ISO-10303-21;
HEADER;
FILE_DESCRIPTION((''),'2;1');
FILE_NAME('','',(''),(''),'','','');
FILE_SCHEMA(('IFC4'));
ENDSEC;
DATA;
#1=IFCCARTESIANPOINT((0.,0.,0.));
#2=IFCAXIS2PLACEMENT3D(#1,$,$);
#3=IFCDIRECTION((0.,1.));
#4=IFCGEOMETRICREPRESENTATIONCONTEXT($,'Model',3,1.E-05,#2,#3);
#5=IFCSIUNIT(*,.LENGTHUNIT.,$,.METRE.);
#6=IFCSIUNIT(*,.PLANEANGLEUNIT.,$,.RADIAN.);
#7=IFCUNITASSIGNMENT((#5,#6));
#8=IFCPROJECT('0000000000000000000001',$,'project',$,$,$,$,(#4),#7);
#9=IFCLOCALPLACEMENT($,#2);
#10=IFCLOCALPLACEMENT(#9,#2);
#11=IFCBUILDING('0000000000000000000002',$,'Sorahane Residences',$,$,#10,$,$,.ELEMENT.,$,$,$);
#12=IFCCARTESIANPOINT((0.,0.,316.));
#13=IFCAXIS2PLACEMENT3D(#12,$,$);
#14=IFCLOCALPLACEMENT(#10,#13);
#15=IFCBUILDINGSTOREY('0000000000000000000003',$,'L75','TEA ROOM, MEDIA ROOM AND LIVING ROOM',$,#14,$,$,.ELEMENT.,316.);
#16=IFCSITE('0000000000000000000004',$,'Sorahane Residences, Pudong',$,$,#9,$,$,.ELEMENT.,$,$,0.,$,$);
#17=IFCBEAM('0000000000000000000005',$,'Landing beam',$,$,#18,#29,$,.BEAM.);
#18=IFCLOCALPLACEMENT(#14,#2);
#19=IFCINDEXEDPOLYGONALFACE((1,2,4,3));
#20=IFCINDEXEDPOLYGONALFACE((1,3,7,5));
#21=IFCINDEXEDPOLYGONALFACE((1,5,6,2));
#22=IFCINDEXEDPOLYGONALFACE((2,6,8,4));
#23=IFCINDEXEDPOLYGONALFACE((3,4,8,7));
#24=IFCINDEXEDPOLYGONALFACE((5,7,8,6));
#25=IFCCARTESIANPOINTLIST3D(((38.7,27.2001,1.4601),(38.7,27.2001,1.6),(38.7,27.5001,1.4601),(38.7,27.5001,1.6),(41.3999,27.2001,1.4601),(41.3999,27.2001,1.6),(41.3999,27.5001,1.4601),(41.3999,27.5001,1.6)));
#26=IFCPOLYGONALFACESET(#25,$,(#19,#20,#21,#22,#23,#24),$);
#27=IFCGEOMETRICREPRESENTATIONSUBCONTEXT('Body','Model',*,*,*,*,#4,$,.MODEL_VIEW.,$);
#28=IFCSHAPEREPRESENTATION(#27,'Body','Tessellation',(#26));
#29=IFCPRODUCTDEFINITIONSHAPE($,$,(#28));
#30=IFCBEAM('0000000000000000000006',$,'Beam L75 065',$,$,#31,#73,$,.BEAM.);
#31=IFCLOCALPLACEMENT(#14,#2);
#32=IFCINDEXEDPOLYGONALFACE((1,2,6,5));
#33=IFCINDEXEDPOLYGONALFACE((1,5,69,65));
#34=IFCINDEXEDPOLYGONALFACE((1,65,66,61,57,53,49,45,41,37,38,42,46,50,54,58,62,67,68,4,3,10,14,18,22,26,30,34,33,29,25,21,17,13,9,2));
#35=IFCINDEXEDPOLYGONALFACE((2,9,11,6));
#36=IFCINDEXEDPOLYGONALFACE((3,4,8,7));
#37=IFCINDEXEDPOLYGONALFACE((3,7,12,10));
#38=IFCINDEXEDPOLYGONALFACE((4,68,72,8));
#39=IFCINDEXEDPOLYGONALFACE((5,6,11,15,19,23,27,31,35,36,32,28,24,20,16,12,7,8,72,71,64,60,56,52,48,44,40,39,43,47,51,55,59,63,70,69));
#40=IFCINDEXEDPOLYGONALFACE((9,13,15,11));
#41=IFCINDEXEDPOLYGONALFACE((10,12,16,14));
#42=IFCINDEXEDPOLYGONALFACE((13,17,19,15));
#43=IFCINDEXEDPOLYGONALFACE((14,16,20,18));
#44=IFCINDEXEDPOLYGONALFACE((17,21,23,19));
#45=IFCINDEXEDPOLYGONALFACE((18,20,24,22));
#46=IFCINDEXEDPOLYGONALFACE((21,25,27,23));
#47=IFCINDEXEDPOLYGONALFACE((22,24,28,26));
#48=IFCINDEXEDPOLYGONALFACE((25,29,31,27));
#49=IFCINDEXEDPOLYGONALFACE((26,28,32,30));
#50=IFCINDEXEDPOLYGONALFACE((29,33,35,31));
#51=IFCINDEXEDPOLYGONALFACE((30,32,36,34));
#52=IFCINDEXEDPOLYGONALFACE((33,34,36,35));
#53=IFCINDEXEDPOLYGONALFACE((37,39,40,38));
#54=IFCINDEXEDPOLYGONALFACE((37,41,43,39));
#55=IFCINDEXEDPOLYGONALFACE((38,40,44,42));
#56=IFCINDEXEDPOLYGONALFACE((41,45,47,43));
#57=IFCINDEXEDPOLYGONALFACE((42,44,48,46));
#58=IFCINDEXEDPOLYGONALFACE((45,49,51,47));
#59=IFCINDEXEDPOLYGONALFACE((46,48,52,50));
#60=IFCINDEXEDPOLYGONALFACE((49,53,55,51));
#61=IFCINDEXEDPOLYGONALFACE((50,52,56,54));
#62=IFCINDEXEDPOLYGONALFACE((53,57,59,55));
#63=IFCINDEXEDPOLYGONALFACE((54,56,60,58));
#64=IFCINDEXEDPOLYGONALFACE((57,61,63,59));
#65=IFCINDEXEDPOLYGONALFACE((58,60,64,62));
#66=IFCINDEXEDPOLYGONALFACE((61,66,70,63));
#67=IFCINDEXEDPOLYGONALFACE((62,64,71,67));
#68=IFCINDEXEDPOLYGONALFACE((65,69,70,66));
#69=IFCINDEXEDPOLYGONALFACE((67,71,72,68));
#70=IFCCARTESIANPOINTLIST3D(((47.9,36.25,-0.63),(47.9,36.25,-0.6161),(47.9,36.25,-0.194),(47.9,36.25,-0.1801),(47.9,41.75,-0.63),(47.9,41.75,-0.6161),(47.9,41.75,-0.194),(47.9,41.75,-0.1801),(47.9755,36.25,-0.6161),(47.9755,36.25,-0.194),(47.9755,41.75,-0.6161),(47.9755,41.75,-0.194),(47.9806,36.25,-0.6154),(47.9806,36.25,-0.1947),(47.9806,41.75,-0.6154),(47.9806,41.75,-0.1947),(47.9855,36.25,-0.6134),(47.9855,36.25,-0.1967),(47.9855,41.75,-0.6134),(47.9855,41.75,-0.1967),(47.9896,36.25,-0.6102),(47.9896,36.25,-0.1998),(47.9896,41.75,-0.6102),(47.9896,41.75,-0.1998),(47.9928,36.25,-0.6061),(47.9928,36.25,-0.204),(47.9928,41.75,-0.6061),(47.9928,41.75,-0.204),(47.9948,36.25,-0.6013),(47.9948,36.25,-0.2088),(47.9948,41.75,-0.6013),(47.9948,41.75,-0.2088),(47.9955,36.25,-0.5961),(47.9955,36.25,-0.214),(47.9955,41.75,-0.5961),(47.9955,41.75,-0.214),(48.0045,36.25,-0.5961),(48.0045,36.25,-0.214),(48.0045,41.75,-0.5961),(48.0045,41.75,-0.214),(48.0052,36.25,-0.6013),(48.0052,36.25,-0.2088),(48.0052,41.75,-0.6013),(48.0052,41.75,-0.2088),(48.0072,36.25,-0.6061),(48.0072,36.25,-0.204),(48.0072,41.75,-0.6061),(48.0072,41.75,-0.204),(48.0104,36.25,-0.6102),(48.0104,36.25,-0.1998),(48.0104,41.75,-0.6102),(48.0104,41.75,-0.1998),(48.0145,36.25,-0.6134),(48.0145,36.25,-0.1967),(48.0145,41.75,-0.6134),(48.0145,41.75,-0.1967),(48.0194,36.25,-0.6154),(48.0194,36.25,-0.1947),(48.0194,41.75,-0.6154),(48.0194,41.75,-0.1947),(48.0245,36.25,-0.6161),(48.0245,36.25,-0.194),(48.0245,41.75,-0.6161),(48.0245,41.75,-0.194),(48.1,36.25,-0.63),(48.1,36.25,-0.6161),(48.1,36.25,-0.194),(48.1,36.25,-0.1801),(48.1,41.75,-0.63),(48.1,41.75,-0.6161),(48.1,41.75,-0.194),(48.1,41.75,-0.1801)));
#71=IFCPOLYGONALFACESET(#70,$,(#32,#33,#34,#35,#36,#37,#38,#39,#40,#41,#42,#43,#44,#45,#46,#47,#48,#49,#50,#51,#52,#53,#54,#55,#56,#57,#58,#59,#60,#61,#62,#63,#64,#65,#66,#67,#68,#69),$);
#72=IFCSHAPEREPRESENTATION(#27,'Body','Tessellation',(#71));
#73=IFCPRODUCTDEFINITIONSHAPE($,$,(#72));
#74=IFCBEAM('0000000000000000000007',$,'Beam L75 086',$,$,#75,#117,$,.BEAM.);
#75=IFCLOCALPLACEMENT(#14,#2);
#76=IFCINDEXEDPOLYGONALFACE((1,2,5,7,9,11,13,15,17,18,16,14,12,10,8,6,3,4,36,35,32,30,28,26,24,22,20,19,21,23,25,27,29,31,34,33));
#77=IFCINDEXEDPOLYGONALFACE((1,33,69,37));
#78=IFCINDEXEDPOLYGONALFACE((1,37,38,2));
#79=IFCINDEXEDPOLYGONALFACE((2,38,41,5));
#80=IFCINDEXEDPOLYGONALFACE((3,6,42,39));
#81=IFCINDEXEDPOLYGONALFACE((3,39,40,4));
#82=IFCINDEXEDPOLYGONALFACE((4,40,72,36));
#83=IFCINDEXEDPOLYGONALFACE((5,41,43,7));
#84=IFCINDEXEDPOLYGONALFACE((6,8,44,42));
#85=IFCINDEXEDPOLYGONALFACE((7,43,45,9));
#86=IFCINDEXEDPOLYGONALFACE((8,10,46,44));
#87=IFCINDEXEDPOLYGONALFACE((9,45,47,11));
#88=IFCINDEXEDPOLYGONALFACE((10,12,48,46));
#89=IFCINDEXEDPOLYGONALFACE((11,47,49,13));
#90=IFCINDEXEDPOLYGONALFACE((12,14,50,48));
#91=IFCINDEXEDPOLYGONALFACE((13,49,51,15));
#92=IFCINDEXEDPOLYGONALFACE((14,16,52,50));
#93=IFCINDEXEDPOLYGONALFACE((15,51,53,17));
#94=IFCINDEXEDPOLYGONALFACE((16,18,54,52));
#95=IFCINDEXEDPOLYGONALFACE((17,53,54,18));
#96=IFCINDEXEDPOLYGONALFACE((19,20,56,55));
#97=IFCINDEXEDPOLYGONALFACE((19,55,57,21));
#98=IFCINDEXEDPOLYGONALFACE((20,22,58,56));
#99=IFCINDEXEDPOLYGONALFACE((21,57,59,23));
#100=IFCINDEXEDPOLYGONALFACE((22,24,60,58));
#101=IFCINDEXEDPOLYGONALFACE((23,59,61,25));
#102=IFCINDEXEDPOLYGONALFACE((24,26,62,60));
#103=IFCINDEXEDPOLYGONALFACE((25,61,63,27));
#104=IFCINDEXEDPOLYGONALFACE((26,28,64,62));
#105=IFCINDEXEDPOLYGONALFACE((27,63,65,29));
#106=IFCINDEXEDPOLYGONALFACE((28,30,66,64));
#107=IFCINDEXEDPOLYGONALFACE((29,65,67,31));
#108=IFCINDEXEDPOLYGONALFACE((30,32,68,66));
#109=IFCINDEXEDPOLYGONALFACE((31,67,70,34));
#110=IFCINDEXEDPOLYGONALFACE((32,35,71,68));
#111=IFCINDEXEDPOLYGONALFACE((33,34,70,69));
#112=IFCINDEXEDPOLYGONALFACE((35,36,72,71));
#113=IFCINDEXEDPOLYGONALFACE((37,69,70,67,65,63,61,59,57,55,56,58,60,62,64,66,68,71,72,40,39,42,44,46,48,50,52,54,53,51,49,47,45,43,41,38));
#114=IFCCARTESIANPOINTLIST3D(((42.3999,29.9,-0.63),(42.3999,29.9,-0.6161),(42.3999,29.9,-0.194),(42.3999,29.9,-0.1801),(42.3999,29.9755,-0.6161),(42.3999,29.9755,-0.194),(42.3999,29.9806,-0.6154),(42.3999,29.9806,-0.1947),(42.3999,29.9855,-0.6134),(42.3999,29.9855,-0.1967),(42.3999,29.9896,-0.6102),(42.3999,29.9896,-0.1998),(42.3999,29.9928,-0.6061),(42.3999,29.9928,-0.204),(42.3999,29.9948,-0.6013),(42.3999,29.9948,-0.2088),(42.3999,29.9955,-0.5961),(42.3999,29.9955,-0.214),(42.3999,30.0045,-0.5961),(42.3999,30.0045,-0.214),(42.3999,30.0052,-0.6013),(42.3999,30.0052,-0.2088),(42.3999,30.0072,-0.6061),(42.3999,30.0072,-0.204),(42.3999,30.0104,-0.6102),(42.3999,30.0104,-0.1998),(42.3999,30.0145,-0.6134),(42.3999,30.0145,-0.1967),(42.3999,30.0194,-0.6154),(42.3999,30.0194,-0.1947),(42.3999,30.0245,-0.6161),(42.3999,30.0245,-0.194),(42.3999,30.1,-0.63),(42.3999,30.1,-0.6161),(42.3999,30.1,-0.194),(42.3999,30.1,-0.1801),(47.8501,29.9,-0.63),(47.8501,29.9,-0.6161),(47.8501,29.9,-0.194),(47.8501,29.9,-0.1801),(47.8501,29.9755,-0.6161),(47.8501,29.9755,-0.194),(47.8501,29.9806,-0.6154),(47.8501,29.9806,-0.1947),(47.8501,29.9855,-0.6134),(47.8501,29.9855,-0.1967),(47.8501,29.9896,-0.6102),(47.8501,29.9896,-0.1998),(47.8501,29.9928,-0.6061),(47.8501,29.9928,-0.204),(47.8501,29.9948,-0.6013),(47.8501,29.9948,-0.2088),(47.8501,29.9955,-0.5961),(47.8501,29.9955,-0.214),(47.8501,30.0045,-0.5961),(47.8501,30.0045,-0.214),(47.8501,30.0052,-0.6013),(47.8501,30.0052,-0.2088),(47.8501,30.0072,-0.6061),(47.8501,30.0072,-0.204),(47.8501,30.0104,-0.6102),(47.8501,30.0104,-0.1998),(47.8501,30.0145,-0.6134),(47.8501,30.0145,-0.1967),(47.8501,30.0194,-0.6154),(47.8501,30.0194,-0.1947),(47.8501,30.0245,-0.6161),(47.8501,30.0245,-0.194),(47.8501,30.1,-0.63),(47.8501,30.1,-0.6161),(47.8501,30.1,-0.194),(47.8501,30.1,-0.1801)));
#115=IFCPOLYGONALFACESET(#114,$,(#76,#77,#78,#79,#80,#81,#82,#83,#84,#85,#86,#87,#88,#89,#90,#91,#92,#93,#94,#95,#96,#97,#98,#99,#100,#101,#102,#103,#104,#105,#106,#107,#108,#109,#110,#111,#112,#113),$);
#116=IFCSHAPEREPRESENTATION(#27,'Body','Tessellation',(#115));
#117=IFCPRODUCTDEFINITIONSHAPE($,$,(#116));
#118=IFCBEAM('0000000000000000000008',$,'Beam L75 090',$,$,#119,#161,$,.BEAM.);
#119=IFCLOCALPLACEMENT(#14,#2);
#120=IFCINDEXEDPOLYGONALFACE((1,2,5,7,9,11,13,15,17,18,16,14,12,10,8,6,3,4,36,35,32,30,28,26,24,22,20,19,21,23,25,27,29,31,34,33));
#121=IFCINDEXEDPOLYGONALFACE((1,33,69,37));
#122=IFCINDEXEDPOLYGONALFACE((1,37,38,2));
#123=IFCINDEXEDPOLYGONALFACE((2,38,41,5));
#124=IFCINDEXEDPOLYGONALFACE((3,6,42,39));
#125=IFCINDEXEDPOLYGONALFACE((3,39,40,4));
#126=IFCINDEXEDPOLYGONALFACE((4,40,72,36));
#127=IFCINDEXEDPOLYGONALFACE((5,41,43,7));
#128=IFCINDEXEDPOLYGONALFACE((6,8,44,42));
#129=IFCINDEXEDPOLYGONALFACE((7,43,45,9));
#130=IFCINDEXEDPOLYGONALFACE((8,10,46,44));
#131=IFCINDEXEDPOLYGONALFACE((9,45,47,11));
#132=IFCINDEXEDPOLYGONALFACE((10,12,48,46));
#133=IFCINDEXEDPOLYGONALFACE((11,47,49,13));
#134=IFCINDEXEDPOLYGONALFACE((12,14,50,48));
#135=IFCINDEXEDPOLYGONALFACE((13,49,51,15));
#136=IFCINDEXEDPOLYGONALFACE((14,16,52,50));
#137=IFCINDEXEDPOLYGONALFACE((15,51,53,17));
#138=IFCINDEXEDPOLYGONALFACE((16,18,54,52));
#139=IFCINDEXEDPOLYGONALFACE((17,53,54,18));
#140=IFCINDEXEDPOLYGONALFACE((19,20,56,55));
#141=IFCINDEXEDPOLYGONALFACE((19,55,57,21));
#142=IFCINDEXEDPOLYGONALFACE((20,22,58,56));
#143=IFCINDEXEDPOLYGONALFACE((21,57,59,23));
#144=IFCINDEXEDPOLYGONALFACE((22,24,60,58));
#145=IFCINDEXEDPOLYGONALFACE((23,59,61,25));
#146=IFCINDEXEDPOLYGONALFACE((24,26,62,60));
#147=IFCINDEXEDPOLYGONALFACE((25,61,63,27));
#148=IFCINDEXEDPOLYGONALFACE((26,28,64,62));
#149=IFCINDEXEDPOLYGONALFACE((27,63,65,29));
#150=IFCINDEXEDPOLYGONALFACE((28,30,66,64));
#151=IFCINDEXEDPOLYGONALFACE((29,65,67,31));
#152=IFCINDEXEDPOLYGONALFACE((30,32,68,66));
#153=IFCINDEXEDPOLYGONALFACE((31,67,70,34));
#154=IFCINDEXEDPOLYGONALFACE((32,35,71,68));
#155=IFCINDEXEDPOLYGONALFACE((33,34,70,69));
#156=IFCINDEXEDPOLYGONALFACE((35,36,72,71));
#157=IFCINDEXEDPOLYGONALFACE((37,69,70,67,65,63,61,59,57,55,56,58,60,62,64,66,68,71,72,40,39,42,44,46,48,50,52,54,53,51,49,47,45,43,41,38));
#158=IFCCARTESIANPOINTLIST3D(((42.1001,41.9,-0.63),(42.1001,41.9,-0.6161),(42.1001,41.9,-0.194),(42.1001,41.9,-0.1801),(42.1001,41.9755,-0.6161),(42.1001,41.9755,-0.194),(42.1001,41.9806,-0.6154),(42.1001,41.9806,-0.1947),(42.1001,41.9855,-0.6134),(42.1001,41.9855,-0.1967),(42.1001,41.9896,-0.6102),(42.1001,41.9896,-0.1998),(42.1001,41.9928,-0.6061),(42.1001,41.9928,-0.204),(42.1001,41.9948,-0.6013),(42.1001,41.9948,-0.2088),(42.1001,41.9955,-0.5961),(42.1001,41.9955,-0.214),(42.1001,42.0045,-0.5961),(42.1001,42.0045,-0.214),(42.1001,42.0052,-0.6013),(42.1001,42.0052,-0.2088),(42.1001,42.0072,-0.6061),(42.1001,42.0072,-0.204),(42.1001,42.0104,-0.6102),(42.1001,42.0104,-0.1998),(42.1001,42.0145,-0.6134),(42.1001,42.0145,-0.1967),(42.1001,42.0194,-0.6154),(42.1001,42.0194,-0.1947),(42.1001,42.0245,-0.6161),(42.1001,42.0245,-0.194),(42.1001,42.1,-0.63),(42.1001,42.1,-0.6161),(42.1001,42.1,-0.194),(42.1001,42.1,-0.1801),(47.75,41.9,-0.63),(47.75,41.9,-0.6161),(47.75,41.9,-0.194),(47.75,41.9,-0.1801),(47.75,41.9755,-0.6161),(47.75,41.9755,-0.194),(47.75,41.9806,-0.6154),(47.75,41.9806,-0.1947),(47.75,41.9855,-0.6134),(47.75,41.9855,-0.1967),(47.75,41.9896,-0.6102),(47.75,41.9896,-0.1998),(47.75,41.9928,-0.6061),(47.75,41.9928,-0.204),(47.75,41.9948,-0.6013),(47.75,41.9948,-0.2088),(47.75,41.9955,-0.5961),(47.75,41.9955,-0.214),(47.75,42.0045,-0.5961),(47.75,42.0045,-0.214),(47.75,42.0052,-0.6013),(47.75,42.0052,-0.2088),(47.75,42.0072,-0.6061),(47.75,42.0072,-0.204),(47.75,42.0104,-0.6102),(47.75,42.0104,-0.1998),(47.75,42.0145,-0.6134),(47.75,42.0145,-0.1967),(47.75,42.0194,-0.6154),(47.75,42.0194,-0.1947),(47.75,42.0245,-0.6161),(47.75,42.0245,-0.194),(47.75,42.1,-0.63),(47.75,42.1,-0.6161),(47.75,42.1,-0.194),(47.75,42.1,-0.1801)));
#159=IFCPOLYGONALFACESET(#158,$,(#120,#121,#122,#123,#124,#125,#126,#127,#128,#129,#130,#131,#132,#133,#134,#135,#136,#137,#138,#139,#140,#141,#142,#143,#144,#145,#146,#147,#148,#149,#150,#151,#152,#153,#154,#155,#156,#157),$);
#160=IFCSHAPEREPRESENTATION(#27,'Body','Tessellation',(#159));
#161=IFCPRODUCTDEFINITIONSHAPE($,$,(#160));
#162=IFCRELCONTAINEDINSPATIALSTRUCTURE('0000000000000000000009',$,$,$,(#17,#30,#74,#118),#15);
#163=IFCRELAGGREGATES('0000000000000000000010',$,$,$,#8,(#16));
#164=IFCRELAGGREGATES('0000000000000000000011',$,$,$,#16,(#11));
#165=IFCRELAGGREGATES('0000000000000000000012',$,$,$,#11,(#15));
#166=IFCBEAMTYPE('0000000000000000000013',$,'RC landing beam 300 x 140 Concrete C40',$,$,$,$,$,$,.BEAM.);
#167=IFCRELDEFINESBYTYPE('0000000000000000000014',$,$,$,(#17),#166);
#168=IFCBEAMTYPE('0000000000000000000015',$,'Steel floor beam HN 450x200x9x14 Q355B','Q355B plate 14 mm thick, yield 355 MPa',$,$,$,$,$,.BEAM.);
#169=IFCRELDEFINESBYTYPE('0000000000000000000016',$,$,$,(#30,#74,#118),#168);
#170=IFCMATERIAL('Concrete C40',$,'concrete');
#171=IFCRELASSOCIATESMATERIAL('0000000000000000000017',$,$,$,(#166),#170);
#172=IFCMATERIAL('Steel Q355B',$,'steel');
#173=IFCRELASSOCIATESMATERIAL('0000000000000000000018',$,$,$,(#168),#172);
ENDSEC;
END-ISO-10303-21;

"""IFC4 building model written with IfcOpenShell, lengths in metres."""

from ifc_helpers import new_model, si_unit, direction, frame, origin, origin_2d, place, context, subcontext, project, spatial, rectangle, i_section, extrude, material, material_profile, profile_set, type_object, element, save


model = new_model("IFC4")

# Units and contexts
model_context = context("Model", 3, precision=1e-05, world=origin(), true_north=direction((0.0, 1.0)))
body_context = subcontext(model_context, "Body", "Model", "MODEL_VIEW")
ifc_project = project(units=[si_unit("LENGTHUNIT", "METRE"), si_unit("PLANEANGLEUNIT", "RADIAN")], contexts=[model_context])

# Site, building, storey
site_placement = place(None, origin())
site = spatial("IfcSite", under=ifc_project, at=site_placement, Name="Sorahane Residences, Pudong", CompositionType="ELEMENT", RefElevation=0.0)
building_placement = place(site_placement, origin())
building = spatial("IfcBuilding", under=site, at=building_placement, Name="Sorahane Residences", CompositionType="ELEMENT")
storey_placement = place(building_placement, frame((0.0, 0.0, 316.0)))
storey = spatial("IfcBuildingStorey", under=building, at=storey_placement, Name="L75", Description="TEA ROOM, MEDIA ROOM AND LIVING ROOM", CompositionType="ELEMENT", Elevation=316.0)

# Beams
ifc_material_1 = material(Name="Concrete C40", Category="concrete")
ifc_material_profile_1 = material_profile(ifc_material_1, rectangle(XDim=0.3, YDim=0.1399, at=origin_2d()), Name="300x140")
ifc_profile_set_1 = profile_set([ifc_material_profile_1], Name="Concrete C40")
beam_type_1 = type_object("IfcBeamType", Name="RC landing beam 300 x 140 Concrete C40", PredefinedType="BEAM", material=ifc_profile_set_1)
for number, where, z_axis, x_axis, name in (
    (1, (38.7, 27.3501, 1.53), (1.0, 0.0, 0.0), (0.0, 1.0, 0.0), "Landing beam"),
):
    element("IfcBeam", number, at=place(storey_placement, frame(where, z_axis=z_axis, x_axis=x_axis)), inside=storey, type_object=beam_type_1, Name=name, PredefinedType="BEAM", context=body_context, shape_type="SweptSolid", body=[
        extrude(rectangle(XDim=0.3, YDim=0.1399, at=origin_2d()), origin(), (0.0, 0.0, 1.0), 2.7),
    ])
ifc_material_2 = material(Name="Steel Q355B", Category="steel")
ifc_material_profile_2 = material_profile(ifc_material_2, i_section(OverallWidth=0.2, OverallDepth=0.45, WebThickness=0.009, FlangeThickness=0.0139, FilletRadius=0.02, at=origin_2d()), Name="HN 450x200x9x14")
ifc_profile_set_2 = profile_set([ifc_material_profile_2], Name="Steel Q355B")
beam_type_2 = type_object("IfcBeamType", Name="Steel floor beam HN 450x200x9x14 Q355B", Description="Q355B plate 14 mm thick, yield 355 MPa", PredefinedType="BEAM", material=ifc_profile_set_2)
beam_1_placement = place(storey_placement, frame((48.0, 36.25, -0.405), z_axis=(0.0, 1.0, 0.0), x_axis=(-1.0, 0.0, 0.0)))
element("IfcBeam", 2, at=beam_1_placement, inside=storey, type_object=beam_type_2, Name="Beam L75 065", PredefinedType="BEAM", context=body_context, shape_type="SweptSolid", body=[
    extrude(i_section(OverallWidth=0.2, OverallDepth=0.45, WebThickness=0.009, FlangeThickness=0.0139, FilletRadius=0.02, at=origin_2d()), origin(), (0.0, 0.0, 1.0), 5.5),
])
beam_2_placement = place(storey_placement, frame((42.3999, 30.0, -0.405), z_axis=(1.0, 0.0, 0.0), x_axis=(0.0, 1.0, 0.0)))
element("IfcBeam", 3, at=beam_2_placement, inside=storey, type_object=beam_type_2, Name="Beam L75 086", PredefinedType="BEAM", context=body_context, shape_type="SweptSolid", body=[
    extrude(i_section(OverallWidth=0.2, OverallDepth=0.45, WebThickness=0.009, FlangeThickness=0.0139, FilletRadius=0.02, at=origin_2d()), origin(), (0.0, 0.0, 1.0), 5.4502),
])
beam_3_placement = place(storey_placement, frame((42.1001, 42.0, -0.405), z_axis=(1.0, 0.0, 0.0), x_axis=(0.0, 1.0, 0.0)))
element("IfcBeam", 4, at=beam_3_placement, inside=storey, type_object=beam_type_2, Name="Beam L75 090", PredefinedType="BEAM", context=body_context, shape_type="SweptSolid", body=[
    extrude(i_section(OverallWidth=0.2, OverallDepth=0.45, WebThickness=0.009, FlangeThickness=0.0139, FilletRadius=0.02, at=origin_2d()), origin(), (0.0, 0.0, 1.0), 5.6499),
])

save(model, "model.ifc")
